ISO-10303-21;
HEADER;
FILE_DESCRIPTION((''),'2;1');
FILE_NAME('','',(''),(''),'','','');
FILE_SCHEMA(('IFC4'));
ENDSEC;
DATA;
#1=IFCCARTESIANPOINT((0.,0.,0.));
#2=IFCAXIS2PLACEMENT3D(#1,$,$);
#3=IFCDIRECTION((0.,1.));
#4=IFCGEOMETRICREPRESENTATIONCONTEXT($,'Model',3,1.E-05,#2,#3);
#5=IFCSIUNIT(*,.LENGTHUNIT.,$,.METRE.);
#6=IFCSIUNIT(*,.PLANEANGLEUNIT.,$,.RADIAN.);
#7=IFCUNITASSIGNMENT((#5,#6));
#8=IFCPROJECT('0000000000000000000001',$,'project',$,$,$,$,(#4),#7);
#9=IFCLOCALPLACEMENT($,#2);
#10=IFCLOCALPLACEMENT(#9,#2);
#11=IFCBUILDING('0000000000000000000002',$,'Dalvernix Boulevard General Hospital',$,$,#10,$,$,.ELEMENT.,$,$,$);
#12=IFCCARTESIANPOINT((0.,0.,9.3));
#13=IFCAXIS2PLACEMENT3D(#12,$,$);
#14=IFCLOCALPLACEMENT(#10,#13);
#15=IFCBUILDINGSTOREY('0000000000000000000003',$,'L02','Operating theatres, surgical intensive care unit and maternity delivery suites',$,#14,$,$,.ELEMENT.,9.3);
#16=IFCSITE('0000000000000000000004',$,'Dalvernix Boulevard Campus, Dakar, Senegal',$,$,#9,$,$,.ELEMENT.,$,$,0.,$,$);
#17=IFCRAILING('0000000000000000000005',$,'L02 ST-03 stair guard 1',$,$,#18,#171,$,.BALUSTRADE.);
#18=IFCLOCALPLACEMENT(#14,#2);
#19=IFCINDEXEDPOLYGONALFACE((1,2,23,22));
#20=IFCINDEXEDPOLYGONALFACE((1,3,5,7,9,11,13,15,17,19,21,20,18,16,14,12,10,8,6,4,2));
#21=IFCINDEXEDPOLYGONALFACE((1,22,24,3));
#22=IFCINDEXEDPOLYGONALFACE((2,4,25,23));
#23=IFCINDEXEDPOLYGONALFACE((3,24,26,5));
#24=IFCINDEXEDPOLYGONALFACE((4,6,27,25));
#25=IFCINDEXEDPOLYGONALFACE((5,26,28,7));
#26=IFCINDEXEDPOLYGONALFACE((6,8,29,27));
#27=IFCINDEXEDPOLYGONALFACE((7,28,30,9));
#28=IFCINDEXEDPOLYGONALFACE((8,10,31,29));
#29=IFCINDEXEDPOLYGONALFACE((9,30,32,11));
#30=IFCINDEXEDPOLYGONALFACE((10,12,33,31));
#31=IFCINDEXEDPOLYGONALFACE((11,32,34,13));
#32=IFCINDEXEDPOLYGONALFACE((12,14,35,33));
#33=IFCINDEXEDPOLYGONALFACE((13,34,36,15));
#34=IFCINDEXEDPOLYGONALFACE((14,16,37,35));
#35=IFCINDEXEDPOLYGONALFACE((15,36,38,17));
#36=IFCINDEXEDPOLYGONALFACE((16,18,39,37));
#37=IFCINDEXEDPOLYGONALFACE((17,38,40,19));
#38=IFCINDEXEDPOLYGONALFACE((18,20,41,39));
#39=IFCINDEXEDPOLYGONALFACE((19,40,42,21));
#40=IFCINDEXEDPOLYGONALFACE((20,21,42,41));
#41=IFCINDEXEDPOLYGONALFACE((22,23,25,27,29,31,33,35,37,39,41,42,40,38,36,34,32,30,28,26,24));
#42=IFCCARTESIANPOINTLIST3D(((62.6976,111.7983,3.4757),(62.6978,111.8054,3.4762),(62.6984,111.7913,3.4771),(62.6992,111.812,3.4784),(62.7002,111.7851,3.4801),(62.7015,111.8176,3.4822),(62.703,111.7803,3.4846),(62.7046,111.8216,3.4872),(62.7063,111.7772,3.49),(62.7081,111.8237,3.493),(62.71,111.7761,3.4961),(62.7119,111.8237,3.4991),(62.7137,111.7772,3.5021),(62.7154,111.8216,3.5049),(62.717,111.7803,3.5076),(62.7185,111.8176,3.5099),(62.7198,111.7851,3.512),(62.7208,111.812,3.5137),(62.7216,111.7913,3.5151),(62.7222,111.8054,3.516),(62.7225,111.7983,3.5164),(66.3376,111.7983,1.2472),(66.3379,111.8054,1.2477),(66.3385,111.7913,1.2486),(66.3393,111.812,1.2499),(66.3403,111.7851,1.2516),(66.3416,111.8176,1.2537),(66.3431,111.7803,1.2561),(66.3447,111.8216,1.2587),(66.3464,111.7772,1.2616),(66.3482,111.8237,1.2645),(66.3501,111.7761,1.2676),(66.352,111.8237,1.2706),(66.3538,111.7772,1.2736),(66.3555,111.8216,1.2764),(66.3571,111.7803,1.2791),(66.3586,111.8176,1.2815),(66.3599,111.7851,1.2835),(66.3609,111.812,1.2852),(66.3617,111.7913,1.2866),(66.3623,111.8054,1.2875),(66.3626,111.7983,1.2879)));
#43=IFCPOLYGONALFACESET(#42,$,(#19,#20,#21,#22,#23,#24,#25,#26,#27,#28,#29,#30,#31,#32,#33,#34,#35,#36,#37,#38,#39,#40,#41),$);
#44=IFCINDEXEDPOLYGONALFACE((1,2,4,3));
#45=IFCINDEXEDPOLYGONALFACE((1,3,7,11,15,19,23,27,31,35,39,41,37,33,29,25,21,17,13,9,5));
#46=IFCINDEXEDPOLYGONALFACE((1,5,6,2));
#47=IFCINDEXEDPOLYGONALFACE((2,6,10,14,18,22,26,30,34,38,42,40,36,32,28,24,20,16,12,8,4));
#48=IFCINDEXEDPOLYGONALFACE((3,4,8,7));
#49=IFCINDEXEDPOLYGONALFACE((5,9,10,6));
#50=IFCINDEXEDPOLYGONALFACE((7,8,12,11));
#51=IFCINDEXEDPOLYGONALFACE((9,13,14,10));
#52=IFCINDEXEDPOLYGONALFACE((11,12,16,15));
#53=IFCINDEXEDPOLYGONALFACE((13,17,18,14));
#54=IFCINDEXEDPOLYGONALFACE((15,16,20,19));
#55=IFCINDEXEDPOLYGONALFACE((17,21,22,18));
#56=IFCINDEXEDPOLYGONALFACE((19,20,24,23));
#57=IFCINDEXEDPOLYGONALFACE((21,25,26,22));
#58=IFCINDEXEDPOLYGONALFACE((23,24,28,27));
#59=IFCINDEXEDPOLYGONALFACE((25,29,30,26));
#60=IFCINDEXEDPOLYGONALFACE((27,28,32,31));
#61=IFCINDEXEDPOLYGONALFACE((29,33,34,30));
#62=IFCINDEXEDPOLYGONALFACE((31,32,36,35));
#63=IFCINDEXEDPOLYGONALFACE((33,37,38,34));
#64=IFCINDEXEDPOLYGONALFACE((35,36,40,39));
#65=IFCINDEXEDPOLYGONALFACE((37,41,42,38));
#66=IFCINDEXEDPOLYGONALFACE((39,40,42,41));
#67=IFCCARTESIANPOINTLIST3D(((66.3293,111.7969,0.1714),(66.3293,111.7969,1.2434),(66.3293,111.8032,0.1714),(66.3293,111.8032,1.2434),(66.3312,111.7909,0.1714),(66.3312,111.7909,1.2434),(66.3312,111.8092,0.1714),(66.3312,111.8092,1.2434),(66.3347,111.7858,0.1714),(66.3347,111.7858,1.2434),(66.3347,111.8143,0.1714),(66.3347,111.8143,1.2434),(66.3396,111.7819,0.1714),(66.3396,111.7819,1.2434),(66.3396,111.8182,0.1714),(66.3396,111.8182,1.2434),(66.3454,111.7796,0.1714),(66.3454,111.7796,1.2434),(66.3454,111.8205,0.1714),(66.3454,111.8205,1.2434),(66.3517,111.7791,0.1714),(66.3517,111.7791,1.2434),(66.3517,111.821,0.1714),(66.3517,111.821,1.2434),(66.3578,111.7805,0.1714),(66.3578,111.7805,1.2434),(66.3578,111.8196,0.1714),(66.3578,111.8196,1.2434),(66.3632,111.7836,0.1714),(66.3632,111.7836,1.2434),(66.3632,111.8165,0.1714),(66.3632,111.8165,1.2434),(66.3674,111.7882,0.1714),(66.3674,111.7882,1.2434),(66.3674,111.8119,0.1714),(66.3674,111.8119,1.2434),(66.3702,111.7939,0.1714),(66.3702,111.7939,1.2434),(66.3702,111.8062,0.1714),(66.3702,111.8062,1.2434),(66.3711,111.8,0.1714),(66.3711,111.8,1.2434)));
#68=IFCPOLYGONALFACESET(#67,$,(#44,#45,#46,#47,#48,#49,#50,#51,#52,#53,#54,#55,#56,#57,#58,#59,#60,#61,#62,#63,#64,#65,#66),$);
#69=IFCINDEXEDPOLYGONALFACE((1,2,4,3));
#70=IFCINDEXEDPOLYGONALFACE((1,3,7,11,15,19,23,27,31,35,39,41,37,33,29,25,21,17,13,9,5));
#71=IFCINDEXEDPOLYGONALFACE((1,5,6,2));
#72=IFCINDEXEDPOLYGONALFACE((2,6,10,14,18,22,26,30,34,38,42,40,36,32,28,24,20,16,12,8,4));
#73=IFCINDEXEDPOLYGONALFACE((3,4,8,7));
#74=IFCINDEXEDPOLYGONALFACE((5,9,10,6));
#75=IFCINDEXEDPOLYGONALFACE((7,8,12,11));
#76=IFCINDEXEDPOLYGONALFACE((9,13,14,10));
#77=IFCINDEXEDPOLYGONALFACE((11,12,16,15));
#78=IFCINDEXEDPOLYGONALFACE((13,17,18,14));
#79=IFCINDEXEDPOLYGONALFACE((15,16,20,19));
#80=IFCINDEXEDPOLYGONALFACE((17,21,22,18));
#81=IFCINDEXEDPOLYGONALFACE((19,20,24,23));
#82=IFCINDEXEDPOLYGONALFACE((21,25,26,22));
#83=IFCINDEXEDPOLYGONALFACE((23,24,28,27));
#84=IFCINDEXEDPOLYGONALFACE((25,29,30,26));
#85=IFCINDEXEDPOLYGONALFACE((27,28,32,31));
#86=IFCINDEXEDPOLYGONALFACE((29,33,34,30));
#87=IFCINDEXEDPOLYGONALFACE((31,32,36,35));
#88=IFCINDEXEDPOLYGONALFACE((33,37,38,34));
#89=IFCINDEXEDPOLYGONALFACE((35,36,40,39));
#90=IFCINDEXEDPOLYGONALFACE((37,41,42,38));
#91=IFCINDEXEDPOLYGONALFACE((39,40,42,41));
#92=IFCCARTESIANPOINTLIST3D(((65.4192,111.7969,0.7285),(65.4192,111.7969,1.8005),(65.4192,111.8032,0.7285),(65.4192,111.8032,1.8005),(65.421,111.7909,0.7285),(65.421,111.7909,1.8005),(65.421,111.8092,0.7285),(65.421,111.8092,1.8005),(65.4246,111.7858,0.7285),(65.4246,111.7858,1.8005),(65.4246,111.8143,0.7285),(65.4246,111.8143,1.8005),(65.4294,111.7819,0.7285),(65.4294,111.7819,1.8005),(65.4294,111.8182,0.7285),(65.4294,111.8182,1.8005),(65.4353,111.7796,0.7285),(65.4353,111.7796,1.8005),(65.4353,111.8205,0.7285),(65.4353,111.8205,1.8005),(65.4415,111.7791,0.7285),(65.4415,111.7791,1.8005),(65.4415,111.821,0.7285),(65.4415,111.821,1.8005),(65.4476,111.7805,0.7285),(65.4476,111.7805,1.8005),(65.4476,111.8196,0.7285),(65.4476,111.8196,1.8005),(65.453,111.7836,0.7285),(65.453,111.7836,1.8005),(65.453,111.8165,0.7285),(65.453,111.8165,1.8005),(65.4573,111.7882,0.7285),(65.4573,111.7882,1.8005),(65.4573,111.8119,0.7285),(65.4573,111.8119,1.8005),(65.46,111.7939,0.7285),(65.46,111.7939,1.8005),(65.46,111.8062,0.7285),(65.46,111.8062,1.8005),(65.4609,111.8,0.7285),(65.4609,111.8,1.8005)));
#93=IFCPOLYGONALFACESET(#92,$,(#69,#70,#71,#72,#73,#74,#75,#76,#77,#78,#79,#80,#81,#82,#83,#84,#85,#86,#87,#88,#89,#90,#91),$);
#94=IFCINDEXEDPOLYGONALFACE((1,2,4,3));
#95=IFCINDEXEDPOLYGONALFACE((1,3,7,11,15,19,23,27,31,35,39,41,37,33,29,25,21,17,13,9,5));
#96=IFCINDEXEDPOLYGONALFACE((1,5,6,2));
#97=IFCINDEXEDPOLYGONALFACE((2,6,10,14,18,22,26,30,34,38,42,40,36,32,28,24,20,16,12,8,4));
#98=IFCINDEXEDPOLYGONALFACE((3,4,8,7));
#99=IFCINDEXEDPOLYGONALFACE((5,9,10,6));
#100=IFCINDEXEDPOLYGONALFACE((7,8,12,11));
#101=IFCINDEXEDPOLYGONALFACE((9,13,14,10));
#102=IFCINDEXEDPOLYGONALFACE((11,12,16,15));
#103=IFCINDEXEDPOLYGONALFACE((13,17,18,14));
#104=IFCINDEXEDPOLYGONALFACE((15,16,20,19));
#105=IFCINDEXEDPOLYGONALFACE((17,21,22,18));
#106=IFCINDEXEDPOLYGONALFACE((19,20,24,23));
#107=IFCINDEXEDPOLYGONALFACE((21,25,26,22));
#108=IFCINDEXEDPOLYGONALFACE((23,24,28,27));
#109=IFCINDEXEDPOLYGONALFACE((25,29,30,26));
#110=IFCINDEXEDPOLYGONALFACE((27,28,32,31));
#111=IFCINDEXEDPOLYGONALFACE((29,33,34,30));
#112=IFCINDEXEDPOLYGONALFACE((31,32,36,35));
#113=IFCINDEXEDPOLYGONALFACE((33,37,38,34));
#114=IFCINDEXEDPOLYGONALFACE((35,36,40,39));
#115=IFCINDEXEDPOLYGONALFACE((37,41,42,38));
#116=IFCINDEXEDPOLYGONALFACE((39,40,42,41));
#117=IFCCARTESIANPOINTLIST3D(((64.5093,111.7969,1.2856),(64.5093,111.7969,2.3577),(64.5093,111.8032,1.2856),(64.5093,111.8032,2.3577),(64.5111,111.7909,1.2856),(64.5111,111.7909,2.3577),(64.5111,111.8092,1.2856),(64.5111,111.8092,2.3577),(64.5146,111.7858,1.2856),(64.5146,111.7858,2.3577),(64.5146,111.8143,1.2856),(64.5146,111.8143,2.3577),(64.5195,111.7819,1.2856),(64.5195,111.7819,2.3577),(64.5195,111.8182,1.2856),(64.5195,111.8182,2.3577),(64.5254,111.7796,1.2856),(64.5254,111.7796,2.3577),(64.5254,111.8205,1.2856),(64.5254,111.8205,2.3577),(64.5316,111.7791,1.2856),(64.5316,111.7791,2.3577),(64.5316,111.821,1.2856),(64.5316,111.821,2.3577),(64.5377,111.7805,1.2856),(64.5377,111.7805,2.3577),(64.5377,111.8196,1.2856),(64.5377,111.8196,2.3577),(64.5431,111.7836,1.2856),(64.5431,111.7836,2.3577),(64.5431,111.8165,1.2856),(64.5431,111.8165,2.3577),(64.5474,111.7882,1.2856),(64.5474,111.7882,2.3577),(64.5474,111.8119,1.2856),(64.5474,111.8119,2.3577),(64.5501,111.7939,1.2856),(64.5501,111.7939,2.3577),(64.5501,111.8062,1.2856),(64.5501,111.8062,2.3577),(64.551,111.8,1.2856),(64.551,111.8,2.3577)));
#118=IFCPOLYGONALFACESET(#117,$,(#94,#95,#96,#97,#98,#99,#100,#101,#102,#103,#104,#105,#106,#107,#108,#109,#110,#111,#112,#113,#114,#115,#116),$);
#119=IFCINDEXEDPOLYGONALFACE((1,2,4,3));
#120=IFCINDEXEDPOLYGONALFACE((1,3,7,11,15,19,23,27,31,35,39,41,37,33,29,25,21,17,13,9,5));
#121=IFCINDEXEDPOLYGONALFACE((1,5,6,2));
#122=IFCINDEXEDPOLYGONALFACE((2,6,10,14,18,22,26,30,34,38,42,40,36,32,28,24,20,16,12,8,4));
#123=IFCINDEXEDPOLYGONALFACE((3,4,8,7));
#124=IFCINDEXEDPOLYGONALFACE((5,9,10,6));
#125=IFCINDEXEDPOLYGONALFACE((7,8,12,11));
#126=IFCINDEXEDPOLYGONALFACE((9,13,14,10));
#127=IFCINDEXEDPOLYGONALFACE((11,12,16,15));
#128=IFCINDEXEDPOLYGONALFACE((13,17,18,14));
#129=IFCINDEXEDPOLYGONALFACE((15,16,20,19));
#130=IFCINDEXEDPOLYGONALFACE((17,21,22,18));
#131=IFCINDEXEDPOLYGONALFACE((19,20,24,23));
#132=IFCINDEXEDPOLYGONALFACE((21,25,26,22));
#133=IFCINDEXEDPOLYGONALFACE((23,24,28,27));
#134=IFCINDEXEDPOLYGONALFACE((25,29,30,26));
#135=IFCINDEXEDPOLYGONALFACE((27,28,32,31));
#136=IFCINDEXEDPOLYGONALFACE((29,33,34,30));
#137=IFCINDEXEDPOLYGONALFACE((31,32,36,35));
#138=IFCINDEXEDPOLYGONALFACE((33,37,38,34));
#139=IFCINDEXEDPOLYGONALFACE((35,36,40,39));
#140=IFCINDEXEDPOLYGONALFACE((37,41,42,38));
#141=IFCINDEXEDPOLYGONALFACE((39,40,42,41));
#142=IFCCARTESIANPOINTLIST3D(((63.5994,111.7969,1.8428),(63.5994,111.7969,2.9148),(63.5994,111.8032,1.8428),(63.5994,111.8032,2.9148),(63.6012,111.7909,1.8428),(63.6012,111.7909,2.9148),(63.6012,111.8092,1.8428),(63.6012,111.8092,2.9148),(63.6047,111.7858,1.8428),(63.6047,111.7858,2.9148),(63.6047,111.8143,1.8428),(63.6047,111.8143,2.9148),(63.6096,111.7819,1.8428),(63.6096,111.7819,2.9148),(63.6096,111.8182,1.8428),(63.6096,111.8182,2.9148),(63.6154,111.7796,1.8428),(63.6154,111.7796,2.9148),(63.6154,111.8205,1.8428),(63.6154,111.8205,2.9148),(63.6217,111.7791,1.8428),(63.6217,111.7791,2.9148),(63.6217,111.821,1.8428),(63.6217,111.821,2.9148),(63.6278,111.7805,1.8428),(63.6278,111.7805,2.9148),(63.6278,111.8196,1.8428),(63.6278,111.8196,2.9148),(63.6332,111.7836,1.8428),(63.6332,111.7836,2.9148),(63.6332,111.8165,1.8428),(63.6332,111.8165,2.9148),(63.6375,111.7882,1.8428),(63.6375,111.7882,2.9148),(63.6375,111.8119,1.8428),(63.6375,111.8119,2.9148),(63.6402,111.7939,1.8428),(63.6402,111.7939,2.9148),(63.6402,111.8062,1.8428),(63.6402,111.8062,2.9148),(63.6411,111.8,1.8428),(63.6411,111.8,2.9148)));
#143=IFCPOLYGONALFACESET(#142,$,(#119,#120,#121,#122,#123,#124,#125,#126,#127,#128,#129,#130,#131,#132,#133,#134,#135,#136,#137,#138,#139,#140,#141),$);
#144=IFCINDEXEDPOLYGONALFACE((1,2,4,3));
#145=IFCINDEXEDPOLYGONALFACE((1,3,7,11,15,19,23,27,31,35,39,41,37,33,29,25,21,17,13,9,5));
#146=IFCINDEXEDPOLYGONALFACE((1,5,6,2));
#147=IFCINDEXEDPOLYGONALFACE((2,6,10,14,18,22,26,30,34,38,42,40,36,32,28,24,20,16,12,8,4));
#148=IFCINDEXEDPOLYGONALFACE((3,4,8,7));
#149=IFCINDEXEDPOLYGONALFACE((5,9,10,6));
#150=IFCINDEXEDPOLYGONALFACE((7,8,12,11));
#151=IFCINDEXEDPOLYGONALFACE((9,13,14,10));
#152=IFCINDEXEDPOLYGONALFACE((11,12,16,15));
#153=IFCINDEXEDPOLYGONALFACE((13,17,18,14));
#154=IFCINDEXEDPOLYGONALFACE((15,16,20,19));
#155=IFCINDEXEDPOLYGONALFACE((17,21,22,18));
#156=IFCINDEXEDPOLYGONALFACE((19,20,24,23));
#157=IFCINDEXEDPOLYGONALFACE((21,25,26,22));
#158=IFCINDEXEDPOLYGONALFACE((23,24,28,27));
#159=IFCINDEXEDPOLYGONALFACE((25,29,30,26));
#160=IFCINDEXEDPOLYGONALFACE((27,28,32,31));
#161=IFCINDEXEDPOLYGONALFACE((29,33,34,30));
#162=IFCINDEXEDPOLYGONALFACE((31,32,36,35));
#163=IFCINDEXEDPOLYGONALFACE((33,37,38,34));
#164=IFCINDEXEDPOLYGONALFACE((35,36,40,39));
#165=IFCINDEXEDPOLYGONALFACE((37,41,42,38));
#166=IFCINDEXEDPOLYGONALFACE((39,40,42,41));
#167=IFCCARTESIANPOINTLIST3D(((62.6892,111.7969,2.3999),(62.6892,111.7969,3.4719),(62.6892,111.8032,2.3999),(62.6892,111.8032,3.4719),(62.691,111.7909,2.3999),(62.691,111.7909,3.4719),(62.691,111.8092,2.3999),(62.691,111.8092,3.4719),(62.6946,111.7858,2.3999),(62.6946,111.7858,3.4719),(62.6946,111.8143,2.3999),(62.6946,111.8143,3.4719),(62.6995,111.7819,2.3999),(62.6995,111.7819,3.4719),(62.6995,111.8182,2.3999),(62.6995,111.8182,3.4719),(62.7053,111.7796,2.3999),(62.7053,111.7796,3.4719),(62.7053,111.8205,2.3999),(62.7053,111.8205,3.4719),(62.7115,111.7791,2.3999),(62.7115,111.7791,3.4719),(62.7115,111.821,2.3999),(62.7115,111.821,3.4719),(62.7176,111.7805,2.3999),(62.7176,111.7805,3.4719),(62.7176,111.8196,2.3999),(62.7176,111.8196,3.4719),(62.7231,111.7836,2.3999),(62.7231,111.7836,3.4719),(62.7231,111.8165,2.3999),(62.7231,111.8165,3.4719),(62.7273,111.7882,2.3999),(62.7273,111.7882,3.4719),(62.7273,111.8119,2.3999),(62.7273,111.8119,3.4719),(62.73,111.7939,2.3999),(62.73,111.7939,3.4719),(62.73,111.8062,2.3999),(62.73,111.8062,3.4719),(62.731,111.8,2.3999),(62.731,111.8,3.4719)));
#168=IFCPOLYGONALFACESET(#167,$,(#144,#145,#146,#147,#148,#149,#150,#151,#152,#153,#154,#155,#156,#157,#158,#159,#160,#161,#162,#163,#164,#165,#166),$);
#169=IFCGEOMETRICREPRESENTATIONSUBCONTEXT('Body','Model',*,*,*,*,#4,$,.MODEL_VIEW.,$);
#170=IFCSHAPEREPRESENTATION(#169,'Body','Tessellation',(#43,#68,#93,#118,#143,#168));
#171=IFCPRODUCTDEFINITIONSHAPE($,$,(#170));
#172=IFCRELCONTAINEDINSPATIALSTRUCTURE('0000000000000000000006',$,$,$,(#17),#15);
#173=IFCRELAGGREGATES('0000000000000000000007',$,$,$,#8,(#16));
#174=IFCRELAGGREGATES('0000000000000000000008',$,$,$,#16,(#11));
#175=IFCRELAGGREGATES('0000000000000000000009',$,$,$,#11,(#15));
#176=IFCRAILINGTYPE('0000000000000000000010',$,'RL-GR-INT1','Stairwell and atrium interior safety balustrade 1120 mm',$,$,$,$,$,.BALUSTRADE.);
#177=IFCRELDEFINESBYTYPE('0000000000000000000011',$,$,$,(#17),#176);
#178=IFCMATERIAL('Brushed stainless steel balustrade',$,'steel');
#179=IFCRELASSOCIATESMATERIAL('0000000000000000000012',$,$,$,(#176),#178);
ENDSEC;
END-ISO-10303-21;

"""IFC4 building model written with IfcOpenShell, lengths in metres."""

from ifc_helpers import new_model, si_unit, direction, frame, origin, origin_2d, place, context, subcontext, project, spatial, circle, extrude, material, type_object, element, save


model = new_model("IFC4")

# Units and contexts
model_context = context("Model", 3, precision=1e-05, world=origin(), true_north=direction((0.0, 1.0)))
body_context = subcontext(model_context, "Body", "Model", "MODEL_VIEW")
ifc_project = project(units=[si_unit("LENGTHUNIT", "METRE"), si_unit("PLANEANGLEUNIT", "RADIAN")], contexts=[model_context])

# Site, building, storey
site_placement = place(None, origin())
site = spatial("IfcSite", under=ifc_project, at=site_placement, Name="Dalvernix Boulevard Campus, Dakar, Senegal", CompositionType="ELEMENT", RefElevation=0.0)
building_placement = place(site_placement, origin())
building = spatial("IfcBuilding", under=site, at=building_placement, Name="Dalvernix Boulevard General Hospital", CompositionType="ELEMENT")
storey_placement = place(building_placement, frame((0.0, 0.0, 9.3)))
storey = spatial("IfcBuildingStorey", under=building, at=storey_placement, Name="L02", Description="Operating theatres, surgical intensive care unit and maternity delivery suites", CompositionType="ELEMENT", Elevation=9.3)

# Railing
ifc_material_1 = material(Name="Brushed stainless steel balustrade", Category="steel")
railing_type_1 = type_object("IfcRailingType", Name="RL-GR-INT1", Description="Stairwell and atrium interior safety balustrade 1120 mm", PredefinedType="BALUSTRADE", material=ifc_material_1)
railing_1_placement = place(storey_placement, frame((66.3501, 111.8, 0.1714)))
element("IfcRailing", 1, at=railing_1_placement, inside=storey, type_object=railing_type_1, Name="L02 ST-03 stair guard 1", PredefinedType="BALUSTRADE", context=body_context, shape_type="SweptSolid", body=[
    extrude(circle(Radius=0.0239, at=origin_2d()), frame((0.0, 0.0, 1.0962), z_axis=(-0.852866, 0.0, 0.52213), x_axis=(0.0, -1.0, 0.0)), (0.0, 0.0, 1.0), 4.2681),
    extrude(circle(Radius=0.021, at=origin_2d()), origin(), (0.0, 0.0, 1.0), 1.072),
    extrude(circle(Radius=0.021, at=origin_2d()), frame((-0.9102, 0.0, 0.5571)), (0.0, 0.0, 1.0), 1.072),
    extrude(circle(Radius=0.021, at=origin_2d()), frame((-1.8201, 0.0, 1.1143)), (0.0, 0.0, 1.0), 1.072),
    extrude(circle(Radius=0.021, at=origin_2d()), frame((-2.73, 0.0, 1.6714)), (0.0, 0.0, 1.0), 1.072),
    extrude(circle(Radius=0.021, at=origin_2d()), frame((-3.6401, 0.0, 2.2285)), (0.0, 0.0, 1.0), 1.072),
])

save(model, "model.ifc")
